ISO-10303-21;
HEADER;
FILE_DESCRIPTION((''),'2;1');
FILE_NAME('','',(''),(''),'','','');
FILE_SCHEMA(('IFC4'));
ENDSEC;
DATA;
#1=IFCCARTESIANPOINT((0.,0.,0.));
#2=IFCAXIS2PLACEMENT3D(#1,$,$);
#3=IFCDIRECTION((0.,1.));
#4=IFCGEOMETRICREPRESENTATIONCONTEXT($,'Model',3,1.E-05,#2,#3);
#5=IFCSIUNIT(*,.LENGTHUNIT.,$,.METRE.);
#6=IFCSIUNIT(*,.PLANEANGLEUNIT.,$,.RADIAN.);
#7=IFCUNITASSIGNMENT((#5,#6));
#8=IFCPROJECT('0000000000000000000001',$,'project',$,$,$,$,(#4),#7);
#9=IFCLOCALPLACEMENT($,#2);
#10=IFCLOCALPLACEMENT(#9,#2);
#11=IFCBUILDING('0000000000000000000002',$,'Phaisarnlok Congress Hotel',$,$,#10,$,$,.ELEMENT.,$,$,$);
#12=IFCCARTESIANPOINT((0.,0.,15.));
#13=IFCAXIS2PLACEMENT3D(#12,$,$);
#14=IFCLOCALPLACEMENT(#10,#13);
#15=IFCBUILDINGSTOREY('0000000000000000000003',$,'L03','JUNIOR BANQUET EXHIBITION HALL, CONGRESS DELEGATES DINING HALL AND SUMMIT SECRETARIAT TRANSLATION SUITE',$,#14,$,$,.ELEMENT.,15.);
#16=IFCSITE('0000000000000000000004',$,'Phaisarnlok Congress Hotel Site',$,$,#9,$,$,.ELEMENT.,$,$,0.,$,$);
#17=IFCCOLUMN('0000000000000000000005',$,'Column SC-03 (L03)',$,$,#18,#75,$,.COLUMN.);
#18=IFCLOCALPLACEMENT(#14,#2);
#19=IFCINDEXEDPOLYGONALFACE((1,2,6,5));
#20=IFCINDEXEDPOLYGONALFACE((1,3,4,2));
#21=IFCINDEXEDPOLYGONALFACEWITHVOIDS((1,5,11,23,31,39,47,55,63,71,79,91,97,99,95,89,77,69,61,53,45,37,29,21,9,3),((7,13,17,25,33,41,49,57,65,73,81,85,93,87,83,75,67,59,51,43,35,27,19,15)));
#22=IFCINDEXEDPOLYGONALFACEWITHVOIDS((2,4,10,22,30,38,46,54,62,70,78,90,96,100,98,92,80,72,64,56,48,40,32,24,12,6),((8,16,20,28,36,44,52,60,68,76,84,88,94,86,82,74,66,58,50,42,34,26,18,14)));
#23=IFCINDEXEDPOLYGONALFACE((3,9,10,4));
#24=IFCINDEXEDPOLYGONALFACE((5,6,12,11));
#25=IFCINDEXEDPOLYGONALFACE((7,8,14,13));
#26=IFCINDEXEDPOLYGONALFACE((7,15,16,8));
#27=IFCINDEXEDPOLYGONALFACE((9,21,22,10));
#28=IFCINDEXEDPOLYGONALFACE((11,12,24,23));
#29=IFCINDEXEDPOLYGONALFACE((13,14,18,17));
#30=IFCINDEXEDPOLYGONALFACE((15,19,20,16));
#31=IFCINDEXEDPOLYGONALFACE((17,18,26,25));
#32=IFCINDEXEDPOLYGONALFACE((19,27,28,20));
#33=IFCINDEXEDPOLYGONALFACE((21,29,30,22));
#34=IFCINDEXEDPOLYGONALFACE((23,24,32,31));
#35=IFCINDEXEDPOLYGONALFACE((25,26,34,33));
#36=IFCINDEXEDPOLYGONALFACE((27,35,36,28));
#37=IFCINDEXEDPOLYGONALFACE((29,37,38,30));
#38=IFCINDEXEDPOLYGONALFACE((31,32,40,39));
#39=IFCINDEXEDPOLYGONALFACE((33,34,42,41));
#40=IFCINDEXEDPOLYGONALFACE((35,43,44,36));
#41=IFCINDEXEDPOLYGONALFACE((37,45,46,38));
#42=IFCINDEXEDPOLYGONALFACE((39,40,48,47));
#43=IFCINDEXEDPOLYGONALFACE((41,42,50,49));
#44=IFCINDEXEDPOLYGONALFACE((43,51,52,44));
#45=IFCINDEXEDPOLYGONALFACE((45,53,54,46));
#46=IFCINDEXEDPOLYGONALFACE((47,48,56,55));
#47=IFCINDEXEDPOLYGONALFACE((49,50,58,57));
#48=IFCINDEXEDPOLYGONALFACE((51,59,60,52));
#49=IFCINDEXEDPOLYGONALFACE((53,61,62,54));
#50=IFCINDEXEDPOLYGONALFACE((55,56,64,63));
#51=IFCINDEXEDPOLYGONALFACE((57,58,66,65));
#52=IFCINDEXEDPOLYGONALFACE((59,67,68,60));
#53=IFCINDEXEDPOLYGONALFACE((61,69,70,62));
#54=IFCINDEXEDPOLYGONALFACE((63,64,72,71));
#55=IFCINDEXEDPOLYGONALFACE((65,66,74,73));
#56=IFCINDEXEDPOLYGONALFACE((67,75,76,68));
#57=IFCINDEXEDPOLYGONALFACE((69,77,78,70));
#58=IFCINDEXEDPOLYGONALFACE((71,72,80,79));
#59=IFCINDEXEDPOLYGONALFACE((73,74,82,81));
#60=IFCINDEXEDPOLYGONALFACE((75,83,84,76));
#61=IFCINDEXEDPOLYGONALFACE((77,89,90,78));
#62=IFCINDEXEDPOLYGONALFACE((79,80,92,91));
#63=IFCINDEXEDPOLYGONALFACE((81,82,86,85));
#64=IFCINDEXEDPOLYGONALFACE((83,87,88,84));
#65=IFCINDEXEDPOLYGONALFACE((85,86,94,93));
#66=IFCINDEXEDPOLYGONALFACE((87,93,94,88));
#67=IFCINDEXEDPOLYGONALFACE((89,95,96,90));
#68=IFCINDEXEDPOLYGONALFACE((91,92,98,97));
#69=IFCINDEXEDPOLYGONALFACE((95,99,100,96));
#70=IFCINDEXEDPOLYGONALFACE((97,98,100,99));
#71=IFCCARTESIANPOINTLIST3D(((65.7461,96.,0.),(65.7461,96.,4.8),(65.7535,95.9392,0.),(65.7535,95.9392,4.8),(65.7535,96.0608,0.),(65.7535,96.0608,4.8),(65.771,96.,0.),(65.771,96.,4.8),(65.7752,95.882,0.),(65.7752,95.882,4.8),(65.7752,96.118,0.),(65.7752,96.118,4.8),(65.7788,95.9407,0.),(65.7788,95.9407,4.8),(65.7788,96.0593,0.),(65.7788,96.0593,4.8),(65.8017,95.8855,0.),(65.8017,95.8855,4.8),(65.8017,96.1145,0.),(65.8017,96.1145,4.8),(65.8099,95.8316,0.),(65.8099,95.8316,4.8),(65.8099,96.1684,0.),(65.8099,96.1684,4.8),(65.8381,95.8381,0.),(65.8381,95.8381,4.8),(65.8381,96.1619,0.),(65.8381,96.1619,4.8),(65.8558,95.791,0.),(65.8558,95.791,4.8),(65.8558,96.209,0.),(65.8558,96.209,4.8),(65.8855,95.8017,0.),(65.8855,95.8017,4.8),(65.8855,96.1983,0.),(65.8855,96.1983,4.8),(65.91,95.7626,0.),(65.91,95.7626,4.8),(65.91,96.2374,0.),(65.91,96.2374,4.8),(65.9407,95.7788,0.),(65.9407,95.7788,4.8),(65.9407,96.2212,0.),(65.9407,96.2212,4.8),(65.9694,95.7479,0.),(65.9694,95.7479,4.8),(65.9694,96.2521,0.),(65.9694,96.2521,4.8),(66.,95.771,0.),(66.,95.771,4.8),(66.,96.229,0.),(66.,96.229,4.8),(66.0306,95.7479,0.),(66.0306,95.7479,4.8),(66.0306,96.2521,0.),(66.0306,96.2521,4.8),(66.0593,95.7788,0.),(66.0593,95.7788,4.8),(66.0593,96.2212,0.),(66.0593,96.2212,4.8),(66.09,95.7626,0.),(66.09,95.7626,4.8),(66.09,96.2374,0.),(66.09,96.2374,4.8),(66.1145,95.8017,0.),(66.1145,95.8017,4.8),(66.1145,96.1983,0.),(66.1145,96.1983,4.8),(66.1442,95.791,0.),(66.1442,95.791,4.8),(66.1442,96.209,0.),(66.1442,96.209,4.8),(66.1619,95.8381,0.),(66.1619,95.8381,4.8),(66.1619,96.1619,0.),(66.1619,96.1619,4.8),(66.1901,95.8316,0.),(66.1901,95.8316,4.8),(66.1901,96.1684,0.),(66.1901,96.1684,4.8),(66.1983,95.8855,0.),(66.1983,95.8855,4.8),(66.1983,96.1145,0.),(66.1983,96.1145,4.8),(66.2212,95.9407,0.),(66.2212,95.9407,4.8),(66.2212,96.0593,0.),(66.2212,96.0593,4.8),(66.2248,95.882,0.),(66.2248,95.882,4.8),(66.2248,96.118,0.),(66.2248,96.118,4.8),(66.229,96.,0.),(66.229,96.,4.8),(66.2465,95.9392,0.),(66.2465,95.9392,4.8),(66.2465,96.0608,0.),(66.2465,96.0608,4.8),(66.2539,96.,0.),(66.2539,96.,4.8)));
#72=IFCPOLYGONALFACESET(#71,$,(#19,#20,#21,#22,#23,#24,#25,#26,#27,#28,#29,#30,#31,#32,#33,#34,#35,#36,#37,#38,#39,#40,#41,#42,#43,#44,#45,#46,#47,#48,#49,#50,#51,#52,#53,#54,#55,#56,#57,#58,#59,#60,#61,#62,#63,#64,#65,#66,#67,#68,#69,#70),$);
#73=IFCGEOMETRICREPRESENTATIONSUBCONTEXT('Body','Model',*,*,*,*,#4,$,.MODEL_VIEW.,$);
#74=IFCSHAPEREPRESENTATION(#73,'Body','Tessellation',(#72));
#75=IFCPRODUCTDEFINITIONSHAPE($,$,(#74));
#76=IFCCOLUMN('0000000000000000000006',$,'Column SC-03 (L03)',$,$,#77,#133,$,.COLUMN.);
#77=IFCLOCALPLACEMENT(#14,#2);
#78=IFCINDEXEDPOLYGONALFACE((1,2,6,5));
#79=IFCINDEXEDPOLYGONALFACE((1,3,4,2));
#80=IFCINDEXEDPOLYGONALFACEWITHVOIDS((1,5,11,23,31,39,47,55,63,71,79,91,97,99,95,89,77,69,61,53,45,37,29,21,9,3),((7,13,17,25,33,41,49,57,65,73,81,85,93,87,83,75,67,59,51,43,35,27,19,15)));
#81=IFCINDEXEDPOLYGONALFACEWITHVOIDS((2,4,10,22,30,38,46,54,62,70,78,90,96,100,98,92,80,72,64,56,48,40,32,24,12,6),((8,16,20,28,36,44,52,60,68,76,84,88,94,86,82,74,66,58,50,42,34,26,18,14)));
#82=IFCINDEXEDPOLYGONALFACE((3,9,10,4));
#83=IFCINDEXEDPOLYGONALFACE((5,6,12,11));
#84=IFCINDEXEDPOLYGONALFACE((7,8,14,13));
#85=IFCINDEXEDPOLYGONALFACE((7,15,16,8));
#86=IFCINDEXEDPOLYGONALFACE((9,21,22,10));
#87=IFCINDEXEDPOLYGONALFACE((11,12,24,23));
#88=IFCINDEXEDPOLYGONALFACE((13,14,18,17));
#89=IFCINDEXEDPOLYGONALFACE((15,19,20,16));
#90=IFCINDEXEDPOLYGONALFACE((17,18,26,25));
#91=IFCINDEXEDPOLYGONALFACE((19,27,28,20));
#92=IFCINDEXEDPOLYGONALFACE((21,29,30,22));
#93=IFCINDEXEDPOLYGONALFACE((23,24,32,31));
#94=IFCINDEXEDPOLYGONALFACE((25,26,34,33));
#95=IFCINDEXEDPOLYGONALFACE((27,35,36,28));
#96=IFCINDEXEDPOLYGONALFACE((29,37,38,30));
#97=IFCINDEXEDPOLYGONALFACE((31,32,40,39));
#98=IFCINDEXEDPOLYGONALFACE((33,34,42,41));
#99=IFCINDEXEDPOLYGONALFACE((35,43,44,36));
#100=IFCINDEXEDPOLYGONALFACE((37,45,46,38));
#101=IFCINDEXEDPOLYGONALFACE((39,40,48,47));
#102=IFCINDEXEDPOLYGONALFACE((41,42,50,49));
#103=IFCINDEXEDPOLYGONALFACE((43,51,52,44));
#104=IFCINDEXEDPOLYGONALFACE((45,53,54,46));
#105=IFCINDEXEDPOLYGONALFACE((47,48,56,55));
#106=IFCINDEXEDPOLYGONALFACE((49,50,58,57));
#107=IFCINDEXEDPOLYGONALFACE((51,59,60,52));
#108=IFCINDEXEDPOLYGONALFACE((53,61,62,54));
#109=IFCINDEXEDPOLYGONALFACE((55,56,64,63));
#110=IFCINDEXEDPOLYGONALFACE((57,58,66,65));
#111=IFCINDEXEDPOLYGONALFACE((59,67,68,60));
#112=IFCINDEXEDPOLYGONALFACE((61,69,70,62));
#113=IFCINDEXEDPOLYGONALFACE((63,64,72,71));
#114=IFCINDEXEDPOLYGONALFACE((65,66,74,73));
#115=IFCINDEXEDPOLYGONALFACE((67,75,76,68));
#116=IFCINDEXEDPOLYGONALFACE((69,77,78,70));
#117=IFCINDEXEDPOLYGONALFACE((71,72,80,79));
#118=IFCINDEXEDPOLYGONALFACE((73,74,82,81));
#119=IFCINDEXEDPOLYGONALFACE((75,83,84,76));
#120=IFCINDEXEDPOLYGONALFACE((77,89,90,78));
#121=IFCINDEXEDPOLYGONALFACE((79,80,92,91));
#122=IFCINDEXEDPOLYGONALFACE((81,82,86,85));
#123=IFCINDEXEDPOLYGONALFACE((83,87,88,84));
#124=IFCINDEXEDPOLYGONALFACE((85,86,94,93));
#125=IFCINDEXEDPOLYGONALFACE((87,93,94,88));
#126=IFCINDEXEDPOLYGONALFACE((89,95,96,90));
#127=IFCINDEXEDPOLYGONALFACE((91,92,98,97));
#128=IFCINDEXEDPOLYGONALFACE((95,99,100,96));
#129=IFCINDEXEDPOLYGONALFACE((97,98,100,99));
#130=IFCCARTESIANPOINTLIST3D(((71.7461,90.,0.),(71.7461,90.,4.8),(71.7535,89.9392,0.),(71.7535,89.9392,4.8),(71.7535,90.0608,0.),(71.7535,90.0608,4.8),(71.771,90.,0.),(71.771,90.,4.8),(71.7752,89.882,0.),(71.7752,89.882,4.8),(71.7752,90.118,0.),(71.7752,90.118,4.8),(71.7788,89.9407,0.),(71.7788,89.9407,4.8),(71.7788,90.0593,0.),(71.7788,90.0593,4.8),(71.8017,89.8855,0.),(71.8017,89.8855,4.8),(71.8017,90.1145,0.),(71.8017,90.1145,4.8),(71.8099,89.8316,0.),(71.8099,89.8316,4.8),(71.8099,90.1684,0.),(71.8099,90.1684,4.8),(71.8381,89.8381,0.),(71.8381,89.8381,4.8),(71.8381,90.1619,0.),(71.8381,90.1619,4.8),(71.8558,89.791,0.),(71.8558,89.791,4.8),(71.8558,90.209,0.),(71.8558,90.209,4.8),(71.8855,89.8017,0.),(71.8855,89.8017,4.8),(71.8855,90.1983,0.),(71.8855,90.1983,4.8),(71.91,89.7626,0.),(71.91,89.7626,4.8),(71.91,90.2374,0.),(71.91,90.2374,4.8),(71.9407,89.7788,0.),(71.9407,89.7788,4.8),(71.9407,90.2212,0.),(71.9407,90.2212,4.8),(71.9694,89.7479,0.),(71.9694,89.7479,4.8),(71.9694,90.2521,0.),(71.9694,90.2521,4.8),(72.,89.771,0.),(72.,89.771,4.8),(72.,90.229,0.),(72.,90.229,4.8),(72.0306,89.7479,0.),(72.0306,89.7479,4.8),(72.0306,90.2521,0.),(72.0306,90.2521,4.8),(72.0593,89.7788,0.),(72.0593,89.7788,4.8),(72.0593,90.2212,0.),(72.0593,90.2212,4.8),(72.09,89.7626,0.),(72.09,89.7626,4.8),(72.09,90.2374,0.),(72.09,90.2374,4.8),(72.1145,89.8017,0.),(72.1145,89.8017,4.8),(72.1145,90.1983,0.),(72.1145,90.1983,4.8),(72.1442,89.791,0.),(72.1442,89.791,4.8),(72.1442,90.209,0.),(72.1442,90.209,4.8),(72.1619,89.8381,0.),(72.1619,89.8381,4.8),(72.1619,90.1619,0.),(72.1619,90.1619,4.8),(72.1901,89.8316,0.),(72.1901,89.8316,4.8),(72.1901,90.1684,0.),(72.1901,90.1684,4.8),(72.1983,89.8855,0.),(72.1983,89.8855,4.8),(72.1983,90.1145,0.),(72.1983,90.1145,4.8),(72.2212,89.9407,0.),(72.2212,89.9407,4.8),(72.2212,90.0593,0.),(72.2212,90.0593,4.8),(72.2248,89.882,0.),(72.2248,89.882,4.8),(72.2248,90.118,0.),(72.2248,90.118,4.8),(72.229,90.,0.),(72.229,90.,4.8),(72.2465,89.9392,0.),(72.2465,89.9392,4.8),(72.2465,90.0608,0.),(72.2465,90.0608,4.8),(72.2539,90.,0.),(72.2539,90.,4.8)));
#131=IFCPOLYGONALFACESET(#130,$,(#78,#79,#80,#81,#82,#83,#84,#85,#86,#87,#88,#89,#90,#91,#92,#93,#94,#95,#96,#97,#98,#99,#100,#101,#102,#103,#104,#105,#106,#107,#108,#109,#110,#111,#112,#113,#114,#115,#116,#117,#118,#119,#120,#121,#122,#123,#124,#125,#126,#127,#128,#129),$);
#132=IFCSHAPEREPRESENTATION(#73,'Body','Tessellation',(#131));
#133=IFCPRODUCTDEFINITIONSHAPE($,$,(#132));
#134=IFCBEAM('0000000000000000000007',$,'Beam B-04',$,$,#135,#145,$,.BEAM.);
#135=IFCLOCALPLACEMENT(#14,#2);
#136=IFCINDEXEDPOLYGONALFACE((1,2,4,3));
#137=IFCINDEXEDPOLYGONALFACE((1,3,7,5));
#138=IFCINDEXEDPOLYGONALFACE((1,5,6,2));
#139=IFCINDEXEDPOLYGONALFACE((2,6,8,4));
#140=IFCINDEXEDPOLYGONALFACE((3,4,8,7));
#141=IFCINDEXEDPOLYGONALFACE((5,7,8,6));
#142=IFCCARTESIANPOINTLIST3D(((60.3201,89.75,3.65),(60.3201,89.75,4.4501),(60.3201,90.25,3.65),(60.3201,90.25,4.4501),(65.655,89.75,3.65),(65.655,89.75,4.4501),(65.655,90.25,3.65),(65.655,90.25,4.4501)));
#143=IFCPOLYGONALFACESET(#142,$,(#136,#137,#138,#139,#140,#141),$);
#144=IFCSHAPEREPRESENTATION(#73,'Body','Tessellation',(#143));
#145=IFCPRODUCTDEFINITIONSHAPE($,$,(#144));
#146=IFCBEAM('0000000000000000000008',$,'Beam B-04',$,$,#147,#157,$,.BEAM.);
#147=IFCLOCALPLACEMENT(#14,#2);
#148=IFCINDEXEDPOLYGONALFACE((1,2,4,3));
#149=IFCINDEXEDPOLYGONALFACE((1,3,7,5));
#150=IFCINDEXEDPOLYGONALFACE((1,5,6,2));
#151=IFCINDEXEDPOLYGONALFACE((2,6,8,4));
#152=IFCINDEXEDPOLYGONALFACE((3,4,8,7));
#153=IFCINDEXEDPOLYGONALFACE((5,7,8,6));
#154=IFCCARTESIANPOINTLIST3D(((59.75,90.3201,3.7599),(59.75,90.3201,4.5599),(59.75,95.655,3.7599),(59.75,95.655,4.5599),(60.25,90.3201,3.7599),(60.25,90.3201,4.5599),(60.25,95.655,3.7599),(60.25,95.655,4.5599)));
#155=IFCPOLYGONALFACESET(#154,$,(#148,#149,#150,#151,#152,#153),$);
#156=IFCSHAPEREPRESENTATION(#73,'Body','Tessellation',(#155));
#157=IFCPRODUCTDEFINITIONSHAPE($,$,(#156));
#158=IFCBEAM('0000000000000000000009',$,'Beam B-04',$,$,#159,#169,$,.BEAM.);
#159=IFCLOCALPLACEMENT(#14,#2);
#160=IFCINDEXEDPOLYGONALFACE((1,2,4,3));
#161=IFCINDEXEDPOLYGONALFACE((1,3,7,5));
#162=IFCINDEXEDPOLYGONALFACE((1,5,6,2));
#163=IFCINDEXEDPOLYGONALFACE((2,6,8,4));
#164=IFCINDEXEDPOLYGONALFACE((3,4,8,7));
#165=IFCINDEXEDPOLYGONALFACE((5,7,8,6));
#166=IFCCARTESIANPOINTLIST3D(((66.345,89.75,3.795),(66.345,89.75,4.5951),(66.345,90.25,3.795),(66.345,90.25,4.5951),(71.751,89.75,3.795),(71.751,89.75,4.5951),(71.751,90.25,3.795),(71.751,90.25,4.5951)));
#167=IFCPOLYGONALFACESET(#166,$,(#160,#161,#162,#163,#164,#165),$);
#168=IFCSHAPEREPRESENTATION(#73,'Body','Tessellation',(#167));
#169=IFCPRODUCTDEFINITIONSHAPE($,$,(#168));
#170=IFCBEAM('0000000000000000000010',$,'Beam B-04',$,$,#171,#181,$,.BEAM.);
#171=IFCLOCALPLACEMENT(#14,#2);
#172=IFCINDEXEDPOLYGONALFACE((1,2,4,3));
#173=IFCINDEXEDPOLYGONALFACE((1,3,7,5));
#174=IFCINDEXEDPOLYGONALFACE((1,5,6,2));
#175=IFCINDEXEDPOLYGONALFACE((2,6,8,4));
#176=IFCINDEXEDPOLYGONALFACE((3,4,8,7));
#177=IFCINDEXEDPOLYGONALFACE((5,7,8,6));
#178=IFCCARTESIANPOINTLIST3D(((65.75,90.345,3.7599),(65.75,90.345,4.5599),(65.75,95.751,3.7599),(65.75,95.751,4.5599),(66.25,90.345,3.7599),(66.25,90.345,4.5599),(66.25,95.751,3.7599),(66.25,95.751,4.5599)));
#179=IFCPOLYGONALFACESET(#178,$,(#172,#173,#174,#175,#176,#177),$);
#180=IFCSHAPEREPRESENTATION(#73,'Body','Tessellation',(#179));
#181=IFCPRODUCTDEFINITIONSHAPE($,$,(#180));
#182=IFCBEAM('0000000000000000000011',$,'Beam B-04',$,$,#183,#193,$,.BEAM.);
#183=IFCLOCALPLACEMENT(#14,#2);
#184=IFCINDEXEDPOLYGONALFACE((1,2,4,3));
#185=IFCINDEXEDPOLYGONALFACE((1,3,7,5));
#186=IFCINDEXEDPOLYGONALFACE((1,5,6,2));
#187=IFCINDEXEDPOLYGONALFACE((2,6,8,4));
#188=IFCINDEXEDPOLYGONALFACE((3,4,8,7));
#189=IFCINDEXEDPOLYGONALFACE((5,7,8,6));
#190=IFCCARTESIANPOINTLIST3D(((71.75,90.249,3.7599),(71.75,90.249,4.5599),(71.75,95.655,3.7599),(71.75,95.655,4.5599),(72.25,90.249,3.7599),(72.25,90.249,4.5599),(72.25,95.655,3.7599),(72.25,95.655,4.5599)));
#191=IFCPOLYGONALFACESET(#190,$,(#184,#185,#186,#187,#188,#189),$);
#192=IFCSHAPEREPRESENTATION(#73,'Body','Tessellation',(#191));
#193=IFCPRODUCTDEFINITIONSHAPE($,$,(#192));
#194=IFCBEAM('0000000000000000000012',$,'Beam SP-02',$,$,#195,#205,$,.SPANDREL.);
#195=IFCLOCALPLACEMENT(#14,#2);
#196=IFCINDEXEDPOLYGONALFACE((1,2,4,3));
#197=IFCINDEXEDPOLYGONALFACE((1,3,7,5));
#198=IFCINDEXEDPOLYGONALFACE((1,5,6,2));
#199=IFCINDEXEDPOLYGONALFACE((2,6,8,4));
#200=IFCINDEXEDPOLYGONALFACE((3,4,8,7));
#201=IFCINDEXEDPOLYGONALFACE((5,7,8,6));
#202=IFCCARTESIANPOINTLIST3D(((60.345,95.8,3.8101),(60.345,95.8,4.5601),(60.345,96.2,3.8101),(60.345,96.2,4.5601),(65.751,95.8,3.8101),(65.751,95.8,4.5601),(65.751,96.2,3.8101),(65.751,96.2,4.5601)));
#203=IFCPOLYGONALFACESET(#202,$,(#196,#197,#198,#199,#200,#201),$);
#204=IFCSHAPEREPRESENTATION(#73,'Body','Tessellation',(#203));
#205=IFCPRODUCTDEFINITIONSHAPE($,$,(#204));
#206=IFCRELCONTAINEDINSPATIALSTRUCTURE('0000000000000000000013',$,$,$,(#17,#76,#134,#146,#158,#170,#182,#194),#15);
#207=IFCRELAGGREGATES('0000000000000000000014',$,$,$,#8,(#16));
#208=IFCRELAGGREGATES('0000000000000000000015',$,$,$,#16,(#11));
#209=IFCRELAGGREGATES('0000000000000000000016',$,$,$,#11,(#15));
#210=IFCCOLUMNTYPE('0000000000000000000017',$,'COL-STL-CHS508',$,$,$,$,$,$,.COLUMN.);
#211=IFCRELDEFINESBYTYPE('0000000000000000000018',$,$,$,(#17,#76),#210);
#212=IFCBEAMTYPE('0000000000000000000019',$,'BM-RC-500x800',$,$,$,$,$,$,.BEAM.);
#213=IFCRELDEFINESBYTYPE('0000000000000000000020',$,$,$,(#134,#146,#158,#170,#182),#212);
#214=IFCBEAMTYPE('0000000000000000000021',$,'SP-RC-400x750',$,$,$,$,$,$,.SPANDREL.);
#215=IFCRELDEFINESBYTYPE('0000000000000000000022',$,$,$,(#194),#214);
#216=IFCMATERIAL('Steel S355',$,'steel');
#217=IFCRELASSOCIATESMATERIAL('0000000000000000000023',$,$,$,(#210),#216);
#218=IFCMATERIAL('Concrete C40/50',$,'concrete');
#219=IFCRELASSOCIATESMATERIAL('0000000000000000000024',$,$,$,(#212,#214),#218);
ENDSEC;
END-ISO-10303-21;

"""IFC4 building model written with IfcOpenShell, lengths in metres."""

from ifc_helpers import new_model, si_unit, direction, frame, origin, origin_2d, place, context, subcontext, project, spatial, rectangle, hollow_circle, extrude, material, material_profile, profile_set, type_object, element, save


model = new_model("IFC4")

# Units and contexts
model_context = context("Model", 3, precision=1e-05, world=origin(), true_north=direction((0.0, 1.0)))
body_context = subcontext(model_context, "Body", "Model", "MODEL_VIEW")
ifc_project = project(units=[si_unit("LENGTHUNIT", "METRE"), si_unit("PLANEANGLEUNIT", "RADIAN")], contexts=[model_context])

# Site, building, storey
site_placement = place(None, origin())
site = spatial("IfcSite", under=ifc_project, at=site_placement, Name="Phaisarnlok Congress Hotel Site", CompositionType="ELEMENT", RefElevation=0.0)
building_placement = place(site_placement, origin())
building = spatial("IfcBuilding", under=site, at=building_placement, Name="Phaisarnlok Congress Hotel", CompositionType="ELEMENT")
storey_placement = place(building_placement, frame((0.0, 0.0, 15.0)))
storey = spatial("IfcBuildingStorey", under=building, at=storey_placement, Name="L03", Description="JUNIOR BANQUET EXHIBITION HALL, CONGRESS DELEGATES DINING HALL AND SUMMIT SECRETARIAT TRANSLATION SUITE", CompositionType="ELEMENT", Elevation=15.0)

# Columns
ifc_material_1 = material(Name="Steel S355", Category="steel")
ifc_material_profile_1 = material_profile(ifc_material_1, hollow_circle(Radius=0.2539, WallThickness=0.0249, at=origin_2d()), Name="CHS 508x25")
ifc_profile_set_1 = profile_set([ifc_material_profile_1], Name="Steel S355")
column_type_1 = type_object("IfcColumnType", Name="COL-STL-CHS508", PredefinedType="COLUMN", material=ifc_profile_set_1)
for number, where, z_axis, x_axis, name in (
    (1, (66.0, 96.0, 0.0), (0.0, 0.0, 1.0), (1.0, 0.0, 0.0), "Column SC-03 (L03)"),
    (2, (72.0, 90.0, 0.0), (0.0, 0.0, 1.0), (1.0, 0.0, 0.0), "Column SC-03 (L03)"),
):
    element("IfcColumn", number, at=place(storey_placement, frame(where, z_axis=z_axis, x_axis=x_axis)), inside=storey, type_object=column_type_1, Name=name, PredefinedType="COLUMN", context=body_context, shape_type="SweptSolid", body=[
        extrude(hollow_circle(Radius=0.2539, WallThickness=0.0249, at=origin_2d()), origin(), (0.0, 0.0, 1.0), 4.8),
    ])

# Beams
ifc_material_2 = material(Name="Concrete C40/50", Category="concrete")
ifc_material_profile_2 = material_profile(ifc_material_2, rectangle(XDim=0.5, YDim=0.8, at=origin_2d()), Name="RC 500x800")
ifc_profile_set_2 = profile_set([ifc_material_profile_2], Name="Concrete C40/50")
beam_type_1 = type_object("IfcBeamType", Name="BM-RC-500x800", PredefinedType="BEAM", material=ifc_profile_set_2)
for number, where, z_axis, x_axis, name in (
    (3, (60.3201, 90.0, 4.05), (1.0, 0.0, 0.0), (0.0, 1.0, 0.0), "Beam B-04"),
    (4, (60.0, 90.3201, 4.1599), (0.0, 1.0, 0.0), (-1.0, 0.0, 0.0), "Beam B-04"),
):
    element("IfcBeam", number, at=place(storey_placement, frame(where, z_axis=z_axis, x_axis=x_axis)), inside=storey, type_object=beam_type_1, Name=name, PredefinedType="BEAM", context=body_context, shape_type="SweptSolid", body=[
        extrude(rectangle(XDim=0.5, YDim=0.8, at=origin_2d()), origin(), (0.0, 0.0, 1.0), 5.335),
    ])
for number, where, z_axis, x_axis, name in (
    (5, (66.345, 90.0, 4.1951), (1.0, 0.0, 0.0), (0.0, 1.0, 0.0), "Beam B-04"),
    (6, (66.0, 90.345, 4.1599), (0.0, 1.0, 0.0), (-1.0, 0.0, 0.0), "Beam B-04"),
    (7, (72.0, 90.249, 4.1599), (0.0, 1.0, 0.0), (-1.0, 0.0, 0.0), "Beam B-04"),
):
    element("IfcBeam", number, at=place(storey_placement, frame(where, z_axis=z_axis, x_axis=x_axis)), inside=storey, type_object=beam_type_1, Name=name, PredefinedType="BEAM", context=body_context, shape_type="SweptSolid", body=[
        extrude(rectangle(XDim=0.5, YDim=0.8, at=origin_2d()), origin(), (0.0, 0.0, 1.0), 5.406),
    ])
ifc_material_profile_3 = material_profile(ifc_material_2, rectangle(XDim=0.3999, YDim=0.75, at=origin_2d()), Name="RC 400x750")
ifc_profile_set_3 = profile_set([ifc_material_profile_3], Name="Concrete C40/50")
beam_type_2 = type_object("IfcBeamType", Name="SP-RC-400x750", PredefinedType="SPANDREL", material=ifc_profile_set_3)
for number, where, z_axis, x_axis, name in (
    (8, (60.345, 96.0, 4.1851), (1.0, 0.0, 0.0), (0.0, 1.0, 0.0), "Beam SP-02"),
):
    element("IfcBeam", number, at=place(storey_placement, frame(where, z_axis=z_axis, x_axis=x_axis)), inside=storey, type_object=beam_type_2, Name=name, PredefinedType="SPANDREL", context=body_context, shape_type="SweptSolid", body=[
        extrude(rectangle(XDim=0.3999, YDim=0.75, at=origin_2d()), origin(), (0.0, 0.0, 1.0), 5.406),
    ])

save(model, "model.ifc")
